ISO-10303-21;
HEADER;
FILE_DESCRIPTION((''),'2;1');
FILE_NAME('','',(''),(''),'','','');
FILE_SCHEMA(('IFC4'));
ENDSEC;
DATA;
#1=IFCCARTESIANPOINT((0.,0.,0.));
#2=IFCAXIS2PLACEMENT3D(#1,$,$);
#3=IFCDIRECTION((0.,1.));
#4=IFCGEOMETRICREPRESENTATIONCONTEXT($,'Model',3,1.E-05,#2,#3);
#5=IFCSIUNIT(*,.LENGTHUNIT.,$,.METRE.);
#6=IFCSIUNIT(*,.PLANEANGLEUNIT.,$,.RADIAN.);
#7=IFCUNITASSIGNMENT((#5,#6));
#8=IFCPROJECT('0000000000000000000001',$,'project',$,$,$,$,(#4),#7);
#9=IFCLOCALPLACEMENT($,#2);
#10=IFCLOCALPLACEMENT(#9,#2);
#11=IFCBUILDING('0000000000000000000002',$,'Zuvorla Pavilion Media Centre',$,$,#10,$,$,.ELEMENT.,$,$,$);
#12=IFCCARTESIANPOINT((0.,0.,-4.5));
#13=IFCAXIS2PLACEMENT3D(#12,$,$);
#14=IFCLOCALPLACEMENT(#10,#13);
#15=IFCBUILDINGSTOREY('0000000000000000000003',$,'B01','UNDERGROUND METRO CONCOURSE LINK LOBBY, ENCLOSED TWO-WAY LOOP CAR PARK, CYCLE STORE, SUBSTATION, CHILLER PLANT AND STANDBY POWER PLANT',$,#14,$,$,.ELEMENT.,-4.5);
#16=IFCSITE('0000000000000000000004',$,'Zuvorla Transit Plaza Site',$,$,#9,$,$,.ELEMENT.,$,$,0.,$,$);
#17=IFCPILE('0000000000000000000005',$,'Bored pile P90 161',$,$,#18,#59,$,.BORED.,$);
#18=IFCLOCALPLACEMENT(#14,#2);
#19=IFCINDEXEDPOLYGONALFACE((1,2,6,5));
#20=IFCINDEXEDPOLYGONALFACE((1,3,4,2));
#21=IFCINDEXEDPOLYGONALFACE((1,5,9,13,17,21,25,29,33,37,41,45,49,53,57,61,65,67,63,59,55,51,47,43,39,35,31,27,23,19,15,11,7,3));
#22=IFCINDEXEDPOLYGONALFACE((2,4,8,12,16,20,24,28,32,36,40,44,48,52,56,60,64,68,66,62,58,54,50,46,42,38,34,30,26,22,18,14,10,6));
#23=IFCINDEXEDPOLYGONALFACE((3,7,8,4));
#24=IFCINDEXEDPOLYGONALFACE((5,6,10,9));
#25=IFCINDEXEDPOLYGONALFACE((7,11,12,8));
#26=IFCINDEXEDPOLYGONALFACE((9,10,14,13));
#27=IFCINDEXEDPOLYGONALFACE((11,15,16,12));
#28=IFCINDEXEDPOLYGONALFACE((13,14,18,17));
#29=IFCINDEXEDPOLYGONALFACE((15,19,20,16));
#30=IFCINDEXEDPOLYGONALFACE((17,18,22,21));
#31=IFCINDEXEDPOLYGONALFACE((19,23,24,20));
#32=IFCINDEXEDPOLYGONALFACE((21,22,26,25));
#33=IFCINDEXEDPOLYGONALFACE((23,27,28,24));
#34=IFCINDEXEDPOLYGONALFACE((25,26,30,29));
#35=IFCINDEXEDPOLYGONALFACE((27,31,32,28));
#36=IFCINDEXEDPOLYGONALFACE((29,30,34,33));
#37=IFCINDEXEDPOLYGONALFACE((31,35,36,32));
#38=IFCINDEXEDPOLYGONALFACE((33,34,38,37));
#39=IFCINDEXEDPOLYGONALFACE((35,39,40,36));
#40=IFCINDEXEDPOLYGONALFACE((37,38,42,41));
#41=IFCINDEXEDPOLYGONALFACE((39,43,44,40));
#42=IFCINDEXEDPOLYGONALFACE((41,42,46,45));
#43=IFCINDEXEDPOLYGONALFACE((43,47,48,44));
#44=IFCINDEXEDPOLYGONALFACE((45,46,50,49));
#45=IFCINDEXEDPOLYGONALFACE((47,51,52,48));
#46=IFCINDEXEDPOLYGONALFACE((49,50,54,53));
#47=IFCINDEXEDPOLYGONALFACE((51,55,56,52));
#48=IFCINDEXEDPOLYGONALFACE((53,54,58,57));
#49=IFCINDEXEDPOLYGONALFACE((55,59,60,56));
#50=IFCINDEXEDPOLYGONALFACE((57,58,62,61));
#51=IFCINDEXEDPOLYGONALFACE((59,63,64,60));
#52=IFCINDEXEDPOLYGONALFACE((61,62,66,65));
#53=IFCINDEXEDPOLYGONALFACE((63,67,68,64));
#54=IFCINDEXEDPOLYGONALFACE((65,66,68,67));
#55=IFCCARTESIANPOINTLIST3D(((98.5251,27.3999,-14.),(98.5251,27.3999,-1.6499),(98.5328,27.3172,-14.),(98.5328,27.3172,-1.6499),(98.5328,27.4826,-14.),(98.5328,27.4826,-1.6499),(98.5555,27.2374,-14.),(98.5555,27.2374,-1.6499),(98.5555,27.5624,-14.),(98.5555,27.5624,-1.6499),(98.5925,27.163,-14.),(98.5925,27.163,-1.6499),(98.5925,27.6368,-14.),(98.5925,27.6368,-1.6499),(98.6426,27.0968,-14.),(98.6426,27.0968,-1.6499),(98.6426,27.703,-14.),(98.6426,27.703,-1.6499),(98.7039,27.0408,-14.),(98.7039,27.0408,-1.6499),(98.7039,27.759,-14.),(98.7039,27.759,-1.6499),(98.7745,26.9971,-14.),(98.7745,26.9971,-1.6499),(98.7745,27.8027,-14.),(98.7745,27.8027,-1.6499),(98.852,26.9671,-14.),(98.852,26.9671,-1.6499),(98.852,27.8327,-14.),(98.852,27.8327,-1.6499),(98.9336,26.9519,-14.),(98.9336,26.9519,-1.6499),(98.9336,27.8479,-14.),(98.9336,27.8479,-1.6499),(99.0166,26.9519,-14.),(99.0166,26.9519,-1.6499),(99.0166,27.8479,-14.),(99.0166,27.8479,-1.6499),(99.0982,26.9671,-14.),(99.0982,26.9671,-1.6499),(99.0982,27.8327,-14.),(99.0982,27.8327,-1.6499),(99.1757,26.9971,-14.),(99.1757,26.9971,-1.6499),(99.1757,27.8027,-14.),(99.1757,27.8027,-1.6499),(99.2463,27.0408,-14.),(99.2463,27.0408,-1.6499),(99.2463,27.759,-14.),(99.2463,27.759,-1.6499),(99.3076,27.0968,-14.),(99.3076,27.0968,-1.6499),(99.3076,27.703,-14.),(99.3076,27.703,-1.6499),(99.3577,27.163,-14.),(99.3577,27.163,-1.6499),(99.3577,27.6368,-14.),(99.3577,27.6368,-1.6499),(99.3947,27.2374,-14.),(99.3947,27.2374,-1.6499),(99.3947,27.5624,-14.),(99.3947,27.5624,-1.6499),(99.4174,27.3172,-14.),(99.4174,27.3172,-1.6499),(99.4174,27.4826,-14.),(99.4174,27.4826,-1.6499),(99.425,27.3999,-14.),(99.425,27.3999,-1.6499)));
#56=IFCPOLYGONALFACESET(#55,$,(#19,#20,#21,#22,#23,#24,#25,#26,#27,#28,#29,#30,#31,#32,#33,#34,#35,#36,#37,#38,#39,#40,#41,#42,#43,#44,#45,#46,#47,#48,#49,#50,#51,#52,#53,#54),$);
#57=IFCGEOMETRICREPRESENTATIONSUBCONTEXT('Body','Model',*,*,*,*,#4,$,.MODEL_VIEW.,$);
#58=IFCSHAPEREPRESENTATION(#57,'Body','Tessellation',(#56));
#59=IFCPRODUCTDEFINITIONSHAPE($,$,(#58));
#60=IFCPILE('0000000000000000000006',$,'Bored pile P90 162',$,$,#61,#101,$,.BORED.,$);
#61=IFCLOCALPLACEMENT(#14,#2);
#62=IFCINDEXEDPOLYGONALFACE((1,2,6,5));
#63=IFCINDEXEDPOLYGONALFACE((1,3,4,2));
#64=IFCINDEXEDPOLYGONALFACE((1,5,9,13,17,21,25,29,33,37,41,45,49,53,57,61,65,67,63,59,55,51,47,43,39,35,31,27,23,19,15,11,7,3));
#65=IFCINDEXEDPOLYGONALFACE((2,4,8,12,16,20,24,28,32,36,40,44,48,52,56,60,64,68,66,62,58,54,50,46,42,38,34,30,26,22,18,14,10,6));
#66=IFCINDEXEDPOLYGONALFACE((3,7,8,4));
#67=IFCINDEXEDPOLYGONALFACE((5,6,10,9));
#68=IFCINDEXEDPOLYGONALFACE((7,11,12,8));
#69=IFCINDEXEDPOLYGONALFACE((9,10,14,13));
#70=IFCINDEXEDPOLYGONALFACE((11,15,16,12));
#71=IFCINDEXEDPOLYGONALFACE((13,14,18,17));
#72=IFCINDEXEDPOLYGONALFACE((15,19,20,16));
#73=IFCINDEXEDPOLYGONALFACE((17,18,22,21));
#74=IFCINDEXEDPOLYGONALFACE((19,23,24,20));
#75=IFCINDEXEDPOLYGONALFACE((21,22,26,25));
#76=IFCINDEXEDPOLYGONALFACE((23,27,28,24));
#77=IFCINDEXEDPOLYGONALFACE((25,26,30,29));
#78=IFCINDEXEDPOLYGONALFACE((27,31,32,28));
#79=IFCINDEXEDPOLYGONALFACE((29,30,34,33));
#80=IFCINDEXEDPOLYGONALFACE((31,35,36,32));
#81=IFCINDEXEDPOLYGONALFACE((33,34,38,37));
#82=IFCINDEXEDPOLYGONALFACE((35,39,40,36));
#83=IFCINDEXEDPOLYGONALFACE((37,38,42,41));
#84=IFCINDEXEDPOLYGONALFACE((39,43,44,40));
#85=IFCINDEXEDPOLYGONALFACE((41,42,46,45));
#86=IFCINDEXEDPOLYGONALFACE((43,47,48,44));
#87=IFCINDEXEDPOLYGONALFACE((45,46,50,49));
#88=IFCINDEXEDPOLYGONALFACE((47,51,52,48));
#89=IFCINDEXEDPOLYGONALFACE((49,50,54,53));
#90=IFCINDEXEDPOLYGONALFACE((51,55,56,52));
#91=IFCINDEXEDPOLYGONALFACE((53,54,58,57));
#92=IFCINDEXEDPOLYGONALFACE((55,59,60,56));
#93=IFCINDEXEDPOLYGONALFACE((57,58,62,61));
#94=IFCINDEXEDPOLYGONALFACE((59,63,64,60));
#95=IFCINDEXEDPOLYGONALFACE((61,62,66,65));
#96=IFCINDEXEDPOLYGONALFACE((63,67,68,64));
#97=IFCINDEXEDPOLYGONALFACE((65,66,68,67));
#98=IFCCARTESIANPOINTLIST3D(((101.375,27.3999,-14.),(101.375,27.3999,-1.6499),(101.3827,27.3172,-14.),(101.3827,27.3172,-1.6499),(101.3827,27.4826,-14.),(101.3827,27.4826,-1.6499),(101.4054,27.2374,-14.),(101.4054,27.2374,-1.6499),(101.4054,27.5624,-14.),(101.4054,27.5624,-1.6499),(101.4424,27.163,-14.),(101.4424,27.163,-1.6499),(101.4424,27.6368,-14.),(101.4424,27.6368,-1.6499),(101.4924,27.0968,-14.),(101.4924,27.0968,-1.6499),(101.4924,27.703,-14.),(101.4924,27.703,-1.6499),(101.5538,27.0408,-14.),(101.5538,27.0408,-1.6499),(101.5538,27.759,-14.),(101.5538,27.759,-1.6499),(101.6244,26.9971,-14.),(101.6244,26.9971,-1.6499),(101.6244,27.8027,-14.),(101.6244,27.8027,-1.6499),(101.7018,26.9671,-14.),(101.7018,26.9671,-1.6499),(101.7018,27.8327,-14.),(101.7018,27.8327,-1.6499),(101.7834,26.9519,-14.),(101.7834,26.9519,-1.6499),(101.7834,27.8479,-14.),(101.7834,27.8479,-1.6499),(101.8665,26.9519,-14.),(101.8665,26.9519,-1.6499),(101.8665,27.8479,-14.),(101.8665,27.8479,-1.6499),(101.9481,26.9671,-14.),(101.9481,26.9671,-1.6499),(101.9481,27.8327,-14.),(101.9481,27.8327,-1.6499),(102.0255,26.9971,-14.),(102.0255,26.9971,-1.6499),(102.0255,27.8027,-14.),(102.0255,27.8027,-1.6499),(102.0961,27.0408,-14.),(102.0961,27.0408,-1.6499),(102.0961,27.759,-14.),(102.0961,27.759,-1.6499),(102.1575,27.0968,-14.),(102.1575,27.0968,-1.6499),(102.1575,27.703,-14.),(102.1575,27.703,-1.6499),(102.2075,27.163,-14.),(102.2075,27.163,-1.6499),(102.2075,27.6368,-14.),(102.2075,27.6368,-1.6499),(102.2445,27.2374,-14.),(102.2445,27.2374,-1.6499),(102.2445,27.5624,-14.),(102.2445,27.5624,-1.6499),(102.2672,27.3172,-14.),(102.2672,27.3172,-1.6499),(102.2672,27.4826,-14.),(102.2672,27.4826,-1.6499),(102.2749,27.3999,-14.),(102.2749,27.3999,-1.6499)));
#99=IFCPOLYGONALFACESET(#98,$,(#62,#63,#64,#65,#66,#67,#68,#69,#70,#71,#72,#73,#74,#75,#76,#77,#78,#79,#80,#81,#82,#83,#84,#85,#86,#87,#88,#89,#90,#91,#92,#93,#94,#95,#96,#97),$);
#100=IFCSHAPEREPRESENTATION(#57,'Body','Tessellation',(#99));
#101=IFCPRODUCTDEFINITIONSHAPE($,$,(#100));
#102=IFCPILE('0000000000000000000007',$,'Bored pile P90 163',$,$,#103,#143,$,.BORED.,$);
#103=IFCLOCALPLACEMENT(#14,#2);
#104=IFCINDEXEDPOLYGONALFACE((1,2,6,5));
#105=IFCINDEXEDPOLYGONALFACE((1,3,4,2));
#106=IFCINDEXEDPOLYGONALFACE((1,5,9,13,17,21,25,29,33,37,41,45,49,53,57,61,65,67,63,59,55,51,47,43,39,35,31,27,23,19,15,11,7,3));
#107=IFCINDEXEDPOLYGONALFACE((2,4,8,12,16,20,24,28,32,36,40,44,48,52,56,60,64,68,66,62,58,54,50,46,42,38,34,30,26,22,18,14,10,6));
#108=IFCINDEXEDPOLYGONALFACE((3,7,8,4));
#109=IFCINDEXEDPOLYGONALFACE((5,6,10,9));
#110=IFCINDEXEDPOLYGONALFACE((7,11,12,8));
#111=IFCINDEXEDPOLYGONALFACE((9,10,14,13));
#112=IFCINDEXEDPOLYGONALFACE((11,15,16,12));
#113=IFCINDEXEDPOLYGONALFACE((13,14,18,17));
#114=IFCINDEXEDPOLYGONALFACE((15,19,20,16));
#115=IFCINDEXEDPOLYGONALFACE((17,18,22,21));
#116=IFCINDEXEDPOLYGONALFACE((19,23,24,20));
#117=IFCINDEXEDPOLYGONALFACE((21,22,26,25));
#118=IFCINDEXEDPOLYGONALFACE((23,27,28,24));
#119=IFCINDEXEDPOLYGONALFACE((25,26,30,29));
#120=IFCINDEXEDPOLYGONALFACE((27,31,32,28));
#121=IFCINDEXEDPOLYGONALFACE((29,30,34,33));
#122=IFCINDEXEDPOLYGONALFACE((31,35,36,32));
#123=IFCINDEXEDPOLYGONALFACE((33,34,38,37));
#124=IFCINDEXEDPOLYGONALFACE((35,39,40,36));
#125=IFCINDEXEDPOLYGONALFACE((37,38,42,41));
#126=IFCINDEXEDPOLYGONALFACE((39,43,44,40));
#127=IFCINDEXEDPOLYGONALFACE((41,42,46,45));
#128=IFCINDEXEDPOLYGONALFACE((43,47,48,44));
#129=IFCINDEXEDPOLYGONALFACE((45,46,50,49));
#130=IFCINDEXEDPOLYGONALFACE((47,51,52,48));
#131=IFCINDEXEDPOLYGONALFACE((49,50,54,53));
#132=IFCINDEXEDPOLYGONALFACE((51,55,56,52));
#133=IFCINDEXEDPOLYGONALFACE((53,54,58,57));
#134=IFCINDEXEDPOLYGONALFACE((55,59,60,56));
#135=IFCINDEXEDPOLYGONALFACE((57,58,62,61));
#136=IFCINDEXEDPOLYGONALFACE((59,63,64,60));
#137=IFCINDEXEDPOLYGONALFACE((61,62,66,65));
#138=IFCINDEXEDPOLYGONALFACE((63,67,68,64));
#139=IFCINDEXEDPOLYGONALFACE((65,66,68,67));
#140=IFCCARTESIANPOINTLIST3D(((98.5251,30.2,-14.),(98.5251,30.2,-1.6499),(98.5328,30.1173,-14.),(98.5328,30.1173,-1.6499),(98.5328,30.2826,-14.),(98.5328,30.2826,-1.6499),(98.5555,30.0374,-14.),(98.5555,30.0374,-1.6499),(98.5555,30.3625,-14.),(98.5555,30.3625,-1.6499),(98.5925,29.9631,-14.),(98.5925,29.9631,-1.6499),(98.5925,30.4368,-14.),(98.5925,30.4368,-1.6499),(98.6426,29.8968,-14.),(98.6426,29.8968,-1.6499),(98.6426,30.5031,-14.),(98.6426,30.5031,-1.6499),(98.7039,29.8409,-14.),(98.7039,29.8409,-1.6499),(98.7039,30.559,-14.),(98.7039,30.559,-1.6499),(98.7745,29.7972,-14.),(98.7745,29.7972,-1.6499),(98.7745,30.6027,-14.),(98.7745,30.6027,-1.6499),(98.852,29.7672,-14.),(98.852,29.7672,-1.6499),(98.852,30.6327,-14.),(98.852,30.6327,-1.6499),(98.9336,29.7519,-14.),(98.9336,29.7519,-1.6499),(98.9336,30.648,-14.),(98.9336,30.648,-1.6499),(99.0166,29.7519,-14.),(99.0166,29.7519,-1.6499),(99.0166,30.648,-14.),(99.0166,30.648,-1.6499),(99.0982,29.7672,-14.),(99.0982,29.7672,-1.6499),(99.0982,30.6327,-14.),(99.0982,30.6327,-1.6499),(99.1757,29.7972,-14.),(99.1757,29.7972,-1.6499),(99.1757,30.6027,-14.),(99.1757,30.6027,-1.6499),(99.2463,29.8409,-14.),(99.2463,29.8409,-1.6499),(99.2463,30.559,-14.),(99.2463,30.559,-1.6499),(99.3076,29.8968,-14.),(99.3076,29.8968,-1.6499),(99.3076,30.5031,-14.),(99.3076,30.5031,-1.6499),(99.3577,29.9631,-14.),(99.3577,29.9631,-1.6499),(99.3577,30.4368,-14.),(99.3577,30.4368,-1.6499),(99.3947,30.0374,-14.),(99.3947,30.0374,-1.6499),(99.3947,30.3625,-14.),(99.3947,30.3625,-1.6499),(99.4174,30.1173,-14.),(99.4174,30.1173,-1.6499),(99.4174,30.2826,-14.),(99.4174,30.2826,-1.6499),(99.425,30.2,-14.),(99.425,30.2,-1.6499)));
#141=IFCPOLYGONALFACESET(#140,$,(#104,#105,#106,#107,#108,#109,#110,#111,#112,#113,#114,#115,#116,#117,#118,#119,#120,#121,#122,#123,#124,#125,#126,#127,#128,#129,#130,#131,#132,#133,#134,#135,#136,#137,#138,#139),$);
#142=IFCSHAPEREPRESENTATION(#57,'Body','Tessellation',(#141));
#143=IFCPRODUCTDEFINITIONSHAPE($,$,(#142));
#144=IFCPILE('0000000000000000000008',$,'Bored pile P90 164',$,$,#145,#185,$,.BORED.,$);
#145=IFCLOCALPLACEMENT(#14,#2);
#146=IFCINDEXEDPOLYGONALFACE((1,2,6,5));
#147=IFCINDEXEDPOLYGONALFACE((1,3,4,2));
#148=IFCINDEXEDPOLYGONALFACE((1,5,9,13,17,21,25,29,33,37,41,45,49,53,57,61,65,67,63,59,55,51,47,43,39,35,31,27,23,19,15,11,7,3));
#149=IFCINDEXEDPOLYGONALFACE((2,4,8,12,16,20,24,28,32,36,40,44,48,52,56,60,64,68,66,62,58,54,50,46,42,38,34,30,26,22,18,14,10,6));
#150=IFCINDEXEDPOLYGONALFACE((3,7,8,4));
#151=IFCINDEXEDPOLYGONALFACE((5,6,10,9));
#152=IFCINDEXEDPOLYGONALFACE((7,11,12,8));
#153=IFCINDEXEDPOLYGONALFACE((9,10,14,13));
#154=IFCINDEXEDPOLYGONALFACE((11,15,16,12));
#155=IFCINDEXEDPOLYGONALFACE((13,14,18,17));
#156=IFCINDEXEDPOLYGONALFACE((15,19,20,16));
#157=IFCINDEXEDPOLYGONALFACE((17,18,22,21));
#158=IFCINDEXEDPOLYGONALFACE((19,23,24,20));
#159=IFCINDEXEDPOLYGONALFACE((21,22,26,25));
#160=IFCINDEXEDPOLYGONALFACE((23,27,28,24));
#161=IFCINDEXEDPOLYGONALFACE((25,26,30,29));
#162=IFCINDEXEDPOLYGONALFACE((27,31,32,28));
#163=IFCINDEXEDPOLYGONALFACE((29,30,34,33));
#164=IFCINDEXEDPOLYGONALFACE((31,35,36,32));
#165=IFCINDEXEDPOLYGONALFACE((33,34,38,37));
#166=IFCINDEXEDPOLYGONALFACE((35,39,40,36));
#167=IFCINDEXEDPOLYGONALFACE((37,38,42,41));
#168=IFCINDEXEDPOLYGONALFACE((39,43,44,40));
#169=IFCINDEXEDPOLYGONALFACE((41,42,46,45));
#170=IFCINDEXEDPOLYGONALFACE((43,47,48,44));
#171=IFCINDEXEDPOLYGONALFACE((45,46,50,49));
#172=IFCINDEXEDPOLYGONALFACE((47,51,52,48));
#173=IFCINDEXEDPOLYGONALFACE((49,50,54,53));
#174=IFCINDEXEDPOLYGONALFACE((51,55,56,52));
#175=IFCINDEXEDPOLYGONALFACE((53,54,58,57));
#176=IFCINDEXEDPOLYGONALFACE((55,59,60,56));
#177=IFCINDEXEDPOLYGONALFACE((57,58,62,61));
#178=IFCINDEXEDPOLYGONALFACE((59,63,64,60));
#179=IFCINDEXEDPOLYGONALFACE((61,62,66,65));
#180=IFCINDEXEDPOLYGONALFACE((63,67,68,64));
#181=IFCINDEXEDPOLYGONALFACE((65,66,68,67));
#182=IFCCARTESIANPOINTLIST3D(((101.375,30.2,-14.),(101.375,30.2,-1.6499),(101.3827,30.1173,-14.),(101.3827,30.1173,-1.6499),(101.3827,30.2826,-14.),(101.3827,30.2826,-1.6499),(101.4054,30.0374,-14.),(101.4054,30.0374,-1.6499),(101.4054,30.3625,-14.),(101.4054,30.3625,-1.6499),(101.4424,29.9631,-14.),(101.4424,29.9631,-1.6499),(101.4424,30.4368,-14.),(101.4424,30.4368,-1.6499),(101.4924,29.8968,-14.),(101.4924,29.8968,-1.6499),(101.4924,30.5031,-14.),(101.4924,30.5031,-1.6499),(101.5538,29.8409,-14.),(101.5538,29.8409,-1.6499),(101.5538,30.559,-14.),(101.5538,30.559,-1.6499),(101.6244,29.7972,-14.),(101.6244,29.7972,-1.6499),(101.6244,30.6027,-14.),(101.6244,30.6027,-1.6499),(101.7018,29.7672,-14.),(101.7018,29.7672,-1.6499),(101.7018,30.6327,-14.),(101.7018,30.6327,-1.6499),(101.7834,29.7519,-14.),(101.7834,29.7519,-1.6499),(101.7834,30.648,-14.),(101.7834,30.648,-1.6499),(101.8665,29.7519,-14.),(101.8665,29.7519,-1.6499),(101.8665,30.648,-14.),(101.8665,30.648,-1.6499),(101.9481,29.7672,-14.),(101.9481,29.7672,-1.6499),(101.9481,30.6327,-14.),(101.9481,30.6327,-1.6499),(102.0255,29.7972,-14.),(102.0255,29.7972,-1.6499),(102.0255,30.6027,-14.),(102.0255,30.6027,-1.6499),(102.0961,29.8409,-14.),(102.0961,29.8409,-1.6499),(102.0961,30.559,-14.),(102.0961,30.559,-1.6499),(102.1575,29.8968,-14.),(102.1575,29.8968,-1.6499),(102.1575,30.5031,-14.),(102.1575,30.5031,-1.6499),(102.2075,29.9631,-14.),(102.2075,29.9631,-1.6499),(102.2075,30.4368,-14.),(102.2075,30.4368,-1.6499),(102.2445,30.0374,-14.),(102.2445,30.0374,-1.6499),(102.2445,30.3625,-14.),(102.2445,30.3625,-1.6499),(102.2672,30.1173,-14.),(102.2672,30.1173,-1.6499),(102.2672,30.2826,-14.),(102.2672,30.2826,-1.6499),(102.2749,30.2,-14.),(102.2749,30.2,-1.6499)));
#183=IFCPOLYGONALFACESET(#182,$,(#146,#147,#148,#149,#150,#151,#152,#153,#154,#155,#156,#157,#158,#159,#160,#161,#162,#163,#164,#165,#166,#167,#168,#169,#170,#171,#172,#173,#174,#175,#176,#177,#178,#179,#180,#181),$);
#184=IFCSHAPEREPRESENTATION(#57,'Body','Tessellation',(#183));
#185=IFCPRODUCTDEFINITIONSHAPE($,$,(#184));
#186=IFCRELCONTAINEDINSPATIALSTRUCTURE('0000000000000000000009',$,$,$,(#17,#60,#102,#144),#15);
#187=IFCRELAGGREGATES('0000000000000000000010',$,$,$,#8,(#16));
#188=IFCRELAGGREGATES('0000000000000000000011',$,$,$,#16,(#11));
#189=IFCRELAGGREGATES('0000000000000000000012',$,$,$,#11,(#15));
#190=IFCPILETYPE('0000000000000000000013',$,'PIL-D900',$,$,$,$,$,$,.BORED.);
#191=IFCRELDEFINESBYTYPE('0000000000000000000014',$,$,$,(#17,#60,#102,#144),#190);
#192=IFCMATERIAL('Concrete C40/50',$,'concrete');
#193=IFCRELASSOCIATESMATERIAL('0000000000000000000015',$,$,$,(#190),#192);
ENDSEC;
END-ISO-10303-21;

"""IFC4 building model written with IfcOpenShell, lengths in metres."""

from ifc_helpers import new_model, si_unit, direction, frame, origin, origin_2d, place, context, subcontext, project, spatial, circle, extrude, material, material_profile, profile_set, type_object, element, save


model = new_model("IFC4")

# Units and contexts
model_context = context("Model", 3, precision=1e-05, world=origin(), true_north=direction((0.0, 1.0)))
body_context = subcontext(model_context, "Body", "Model", "MODEL_VIEW")
ifc_project = project(units=[si_unit("LENGTHUNIT", "METRE"), si_unit("PLANEANGLEUNIT", "RADIAN")], contexts=[model_context])

# Site, building, storey
site_placement = place(None, origin())
site = spatial("IfcSite", under=ifc_project, at=site_placement, Name="Zuvorla Transit Plaza Site", CompositionType="ELEMENT", RefElevation=0.0)
building_placement = place(site_placement, origin())
building = spatial("IfcBuilding", under=site, at=building_placement, Name="Zuvorla Pavilion Media Centre", CompositionType="ELEMENT")
storey_placement = place(building_placement, frame((0.0, 0.0, -4.5)))
storey = spatial("IfcBuildingStorey", under=building, at=storey_placement, Name="B01", Description="UNDERGROUND METRO CONCOURSE LINK LOBBY, ENCLOSED TWO-WAY LOOP CAR PARK, CYCLE STORE, SUBSTATION, CHILLER PLANT AND STANDBY POWER PLANT", CompositionType="ELEMENT", Elevation=-4.5)

# Shared definitions
ifc_material_1 = material(Name="Concrete C40/50", Category="concrete")

# Piles
ifc_material_profile_1 = material_profile(ifc_material_1, circle(Radius=0.45, at=origin_2d()), Name="BORED PILE 900")
ifc_profile_set_1 = profile_set([ifc_material_profile_1], Name="Concrete C40/50")
pile_type = type_object("IfcPileType", Name="PIL-D900", PredefinedType="BORED", material=ifc_profile_set_1)
for number, where, z_axis, x_axis, name in (
    (1, (98.9751, 27.3999, -1.6499), (0.0, 0.0, -1.0), (1.0, 0.0, 0.0), "Bored pile P90 161"),
    (2, (101.825, 27.3999, -1.6499), (0.0, 0.0, -1.0), (1.0, 0.0, 0.0), "Bored pile P90 162"),
    (3, (98.9751, 30.2, -1.6499), (0.0, 0.0, -1.0), (1.0, 0.0, 0.0), "Bored pile P90 163"),
    (4, (101.825, 30.2, -1.6499), (0.0, 0.0, -1.0), (1.0, 0.0, 0.0), "Bored pile P90 164"),
):
    element("IfcPile", number, at=place(storey_placement, frame(where, z_axis=z_axis, x_axis=x_axis)), inside=storey, type_object=pile_type, Name=name, PredefinedType="BORED", context=body_context, shape_type="SweptSolid", body=[
        extrude(circle(Radius=0.45, at=origin_2d()), origin(), (0.0, 0.0, 1.0), 12.3501),
    ])

save(model, "model.ifc")
